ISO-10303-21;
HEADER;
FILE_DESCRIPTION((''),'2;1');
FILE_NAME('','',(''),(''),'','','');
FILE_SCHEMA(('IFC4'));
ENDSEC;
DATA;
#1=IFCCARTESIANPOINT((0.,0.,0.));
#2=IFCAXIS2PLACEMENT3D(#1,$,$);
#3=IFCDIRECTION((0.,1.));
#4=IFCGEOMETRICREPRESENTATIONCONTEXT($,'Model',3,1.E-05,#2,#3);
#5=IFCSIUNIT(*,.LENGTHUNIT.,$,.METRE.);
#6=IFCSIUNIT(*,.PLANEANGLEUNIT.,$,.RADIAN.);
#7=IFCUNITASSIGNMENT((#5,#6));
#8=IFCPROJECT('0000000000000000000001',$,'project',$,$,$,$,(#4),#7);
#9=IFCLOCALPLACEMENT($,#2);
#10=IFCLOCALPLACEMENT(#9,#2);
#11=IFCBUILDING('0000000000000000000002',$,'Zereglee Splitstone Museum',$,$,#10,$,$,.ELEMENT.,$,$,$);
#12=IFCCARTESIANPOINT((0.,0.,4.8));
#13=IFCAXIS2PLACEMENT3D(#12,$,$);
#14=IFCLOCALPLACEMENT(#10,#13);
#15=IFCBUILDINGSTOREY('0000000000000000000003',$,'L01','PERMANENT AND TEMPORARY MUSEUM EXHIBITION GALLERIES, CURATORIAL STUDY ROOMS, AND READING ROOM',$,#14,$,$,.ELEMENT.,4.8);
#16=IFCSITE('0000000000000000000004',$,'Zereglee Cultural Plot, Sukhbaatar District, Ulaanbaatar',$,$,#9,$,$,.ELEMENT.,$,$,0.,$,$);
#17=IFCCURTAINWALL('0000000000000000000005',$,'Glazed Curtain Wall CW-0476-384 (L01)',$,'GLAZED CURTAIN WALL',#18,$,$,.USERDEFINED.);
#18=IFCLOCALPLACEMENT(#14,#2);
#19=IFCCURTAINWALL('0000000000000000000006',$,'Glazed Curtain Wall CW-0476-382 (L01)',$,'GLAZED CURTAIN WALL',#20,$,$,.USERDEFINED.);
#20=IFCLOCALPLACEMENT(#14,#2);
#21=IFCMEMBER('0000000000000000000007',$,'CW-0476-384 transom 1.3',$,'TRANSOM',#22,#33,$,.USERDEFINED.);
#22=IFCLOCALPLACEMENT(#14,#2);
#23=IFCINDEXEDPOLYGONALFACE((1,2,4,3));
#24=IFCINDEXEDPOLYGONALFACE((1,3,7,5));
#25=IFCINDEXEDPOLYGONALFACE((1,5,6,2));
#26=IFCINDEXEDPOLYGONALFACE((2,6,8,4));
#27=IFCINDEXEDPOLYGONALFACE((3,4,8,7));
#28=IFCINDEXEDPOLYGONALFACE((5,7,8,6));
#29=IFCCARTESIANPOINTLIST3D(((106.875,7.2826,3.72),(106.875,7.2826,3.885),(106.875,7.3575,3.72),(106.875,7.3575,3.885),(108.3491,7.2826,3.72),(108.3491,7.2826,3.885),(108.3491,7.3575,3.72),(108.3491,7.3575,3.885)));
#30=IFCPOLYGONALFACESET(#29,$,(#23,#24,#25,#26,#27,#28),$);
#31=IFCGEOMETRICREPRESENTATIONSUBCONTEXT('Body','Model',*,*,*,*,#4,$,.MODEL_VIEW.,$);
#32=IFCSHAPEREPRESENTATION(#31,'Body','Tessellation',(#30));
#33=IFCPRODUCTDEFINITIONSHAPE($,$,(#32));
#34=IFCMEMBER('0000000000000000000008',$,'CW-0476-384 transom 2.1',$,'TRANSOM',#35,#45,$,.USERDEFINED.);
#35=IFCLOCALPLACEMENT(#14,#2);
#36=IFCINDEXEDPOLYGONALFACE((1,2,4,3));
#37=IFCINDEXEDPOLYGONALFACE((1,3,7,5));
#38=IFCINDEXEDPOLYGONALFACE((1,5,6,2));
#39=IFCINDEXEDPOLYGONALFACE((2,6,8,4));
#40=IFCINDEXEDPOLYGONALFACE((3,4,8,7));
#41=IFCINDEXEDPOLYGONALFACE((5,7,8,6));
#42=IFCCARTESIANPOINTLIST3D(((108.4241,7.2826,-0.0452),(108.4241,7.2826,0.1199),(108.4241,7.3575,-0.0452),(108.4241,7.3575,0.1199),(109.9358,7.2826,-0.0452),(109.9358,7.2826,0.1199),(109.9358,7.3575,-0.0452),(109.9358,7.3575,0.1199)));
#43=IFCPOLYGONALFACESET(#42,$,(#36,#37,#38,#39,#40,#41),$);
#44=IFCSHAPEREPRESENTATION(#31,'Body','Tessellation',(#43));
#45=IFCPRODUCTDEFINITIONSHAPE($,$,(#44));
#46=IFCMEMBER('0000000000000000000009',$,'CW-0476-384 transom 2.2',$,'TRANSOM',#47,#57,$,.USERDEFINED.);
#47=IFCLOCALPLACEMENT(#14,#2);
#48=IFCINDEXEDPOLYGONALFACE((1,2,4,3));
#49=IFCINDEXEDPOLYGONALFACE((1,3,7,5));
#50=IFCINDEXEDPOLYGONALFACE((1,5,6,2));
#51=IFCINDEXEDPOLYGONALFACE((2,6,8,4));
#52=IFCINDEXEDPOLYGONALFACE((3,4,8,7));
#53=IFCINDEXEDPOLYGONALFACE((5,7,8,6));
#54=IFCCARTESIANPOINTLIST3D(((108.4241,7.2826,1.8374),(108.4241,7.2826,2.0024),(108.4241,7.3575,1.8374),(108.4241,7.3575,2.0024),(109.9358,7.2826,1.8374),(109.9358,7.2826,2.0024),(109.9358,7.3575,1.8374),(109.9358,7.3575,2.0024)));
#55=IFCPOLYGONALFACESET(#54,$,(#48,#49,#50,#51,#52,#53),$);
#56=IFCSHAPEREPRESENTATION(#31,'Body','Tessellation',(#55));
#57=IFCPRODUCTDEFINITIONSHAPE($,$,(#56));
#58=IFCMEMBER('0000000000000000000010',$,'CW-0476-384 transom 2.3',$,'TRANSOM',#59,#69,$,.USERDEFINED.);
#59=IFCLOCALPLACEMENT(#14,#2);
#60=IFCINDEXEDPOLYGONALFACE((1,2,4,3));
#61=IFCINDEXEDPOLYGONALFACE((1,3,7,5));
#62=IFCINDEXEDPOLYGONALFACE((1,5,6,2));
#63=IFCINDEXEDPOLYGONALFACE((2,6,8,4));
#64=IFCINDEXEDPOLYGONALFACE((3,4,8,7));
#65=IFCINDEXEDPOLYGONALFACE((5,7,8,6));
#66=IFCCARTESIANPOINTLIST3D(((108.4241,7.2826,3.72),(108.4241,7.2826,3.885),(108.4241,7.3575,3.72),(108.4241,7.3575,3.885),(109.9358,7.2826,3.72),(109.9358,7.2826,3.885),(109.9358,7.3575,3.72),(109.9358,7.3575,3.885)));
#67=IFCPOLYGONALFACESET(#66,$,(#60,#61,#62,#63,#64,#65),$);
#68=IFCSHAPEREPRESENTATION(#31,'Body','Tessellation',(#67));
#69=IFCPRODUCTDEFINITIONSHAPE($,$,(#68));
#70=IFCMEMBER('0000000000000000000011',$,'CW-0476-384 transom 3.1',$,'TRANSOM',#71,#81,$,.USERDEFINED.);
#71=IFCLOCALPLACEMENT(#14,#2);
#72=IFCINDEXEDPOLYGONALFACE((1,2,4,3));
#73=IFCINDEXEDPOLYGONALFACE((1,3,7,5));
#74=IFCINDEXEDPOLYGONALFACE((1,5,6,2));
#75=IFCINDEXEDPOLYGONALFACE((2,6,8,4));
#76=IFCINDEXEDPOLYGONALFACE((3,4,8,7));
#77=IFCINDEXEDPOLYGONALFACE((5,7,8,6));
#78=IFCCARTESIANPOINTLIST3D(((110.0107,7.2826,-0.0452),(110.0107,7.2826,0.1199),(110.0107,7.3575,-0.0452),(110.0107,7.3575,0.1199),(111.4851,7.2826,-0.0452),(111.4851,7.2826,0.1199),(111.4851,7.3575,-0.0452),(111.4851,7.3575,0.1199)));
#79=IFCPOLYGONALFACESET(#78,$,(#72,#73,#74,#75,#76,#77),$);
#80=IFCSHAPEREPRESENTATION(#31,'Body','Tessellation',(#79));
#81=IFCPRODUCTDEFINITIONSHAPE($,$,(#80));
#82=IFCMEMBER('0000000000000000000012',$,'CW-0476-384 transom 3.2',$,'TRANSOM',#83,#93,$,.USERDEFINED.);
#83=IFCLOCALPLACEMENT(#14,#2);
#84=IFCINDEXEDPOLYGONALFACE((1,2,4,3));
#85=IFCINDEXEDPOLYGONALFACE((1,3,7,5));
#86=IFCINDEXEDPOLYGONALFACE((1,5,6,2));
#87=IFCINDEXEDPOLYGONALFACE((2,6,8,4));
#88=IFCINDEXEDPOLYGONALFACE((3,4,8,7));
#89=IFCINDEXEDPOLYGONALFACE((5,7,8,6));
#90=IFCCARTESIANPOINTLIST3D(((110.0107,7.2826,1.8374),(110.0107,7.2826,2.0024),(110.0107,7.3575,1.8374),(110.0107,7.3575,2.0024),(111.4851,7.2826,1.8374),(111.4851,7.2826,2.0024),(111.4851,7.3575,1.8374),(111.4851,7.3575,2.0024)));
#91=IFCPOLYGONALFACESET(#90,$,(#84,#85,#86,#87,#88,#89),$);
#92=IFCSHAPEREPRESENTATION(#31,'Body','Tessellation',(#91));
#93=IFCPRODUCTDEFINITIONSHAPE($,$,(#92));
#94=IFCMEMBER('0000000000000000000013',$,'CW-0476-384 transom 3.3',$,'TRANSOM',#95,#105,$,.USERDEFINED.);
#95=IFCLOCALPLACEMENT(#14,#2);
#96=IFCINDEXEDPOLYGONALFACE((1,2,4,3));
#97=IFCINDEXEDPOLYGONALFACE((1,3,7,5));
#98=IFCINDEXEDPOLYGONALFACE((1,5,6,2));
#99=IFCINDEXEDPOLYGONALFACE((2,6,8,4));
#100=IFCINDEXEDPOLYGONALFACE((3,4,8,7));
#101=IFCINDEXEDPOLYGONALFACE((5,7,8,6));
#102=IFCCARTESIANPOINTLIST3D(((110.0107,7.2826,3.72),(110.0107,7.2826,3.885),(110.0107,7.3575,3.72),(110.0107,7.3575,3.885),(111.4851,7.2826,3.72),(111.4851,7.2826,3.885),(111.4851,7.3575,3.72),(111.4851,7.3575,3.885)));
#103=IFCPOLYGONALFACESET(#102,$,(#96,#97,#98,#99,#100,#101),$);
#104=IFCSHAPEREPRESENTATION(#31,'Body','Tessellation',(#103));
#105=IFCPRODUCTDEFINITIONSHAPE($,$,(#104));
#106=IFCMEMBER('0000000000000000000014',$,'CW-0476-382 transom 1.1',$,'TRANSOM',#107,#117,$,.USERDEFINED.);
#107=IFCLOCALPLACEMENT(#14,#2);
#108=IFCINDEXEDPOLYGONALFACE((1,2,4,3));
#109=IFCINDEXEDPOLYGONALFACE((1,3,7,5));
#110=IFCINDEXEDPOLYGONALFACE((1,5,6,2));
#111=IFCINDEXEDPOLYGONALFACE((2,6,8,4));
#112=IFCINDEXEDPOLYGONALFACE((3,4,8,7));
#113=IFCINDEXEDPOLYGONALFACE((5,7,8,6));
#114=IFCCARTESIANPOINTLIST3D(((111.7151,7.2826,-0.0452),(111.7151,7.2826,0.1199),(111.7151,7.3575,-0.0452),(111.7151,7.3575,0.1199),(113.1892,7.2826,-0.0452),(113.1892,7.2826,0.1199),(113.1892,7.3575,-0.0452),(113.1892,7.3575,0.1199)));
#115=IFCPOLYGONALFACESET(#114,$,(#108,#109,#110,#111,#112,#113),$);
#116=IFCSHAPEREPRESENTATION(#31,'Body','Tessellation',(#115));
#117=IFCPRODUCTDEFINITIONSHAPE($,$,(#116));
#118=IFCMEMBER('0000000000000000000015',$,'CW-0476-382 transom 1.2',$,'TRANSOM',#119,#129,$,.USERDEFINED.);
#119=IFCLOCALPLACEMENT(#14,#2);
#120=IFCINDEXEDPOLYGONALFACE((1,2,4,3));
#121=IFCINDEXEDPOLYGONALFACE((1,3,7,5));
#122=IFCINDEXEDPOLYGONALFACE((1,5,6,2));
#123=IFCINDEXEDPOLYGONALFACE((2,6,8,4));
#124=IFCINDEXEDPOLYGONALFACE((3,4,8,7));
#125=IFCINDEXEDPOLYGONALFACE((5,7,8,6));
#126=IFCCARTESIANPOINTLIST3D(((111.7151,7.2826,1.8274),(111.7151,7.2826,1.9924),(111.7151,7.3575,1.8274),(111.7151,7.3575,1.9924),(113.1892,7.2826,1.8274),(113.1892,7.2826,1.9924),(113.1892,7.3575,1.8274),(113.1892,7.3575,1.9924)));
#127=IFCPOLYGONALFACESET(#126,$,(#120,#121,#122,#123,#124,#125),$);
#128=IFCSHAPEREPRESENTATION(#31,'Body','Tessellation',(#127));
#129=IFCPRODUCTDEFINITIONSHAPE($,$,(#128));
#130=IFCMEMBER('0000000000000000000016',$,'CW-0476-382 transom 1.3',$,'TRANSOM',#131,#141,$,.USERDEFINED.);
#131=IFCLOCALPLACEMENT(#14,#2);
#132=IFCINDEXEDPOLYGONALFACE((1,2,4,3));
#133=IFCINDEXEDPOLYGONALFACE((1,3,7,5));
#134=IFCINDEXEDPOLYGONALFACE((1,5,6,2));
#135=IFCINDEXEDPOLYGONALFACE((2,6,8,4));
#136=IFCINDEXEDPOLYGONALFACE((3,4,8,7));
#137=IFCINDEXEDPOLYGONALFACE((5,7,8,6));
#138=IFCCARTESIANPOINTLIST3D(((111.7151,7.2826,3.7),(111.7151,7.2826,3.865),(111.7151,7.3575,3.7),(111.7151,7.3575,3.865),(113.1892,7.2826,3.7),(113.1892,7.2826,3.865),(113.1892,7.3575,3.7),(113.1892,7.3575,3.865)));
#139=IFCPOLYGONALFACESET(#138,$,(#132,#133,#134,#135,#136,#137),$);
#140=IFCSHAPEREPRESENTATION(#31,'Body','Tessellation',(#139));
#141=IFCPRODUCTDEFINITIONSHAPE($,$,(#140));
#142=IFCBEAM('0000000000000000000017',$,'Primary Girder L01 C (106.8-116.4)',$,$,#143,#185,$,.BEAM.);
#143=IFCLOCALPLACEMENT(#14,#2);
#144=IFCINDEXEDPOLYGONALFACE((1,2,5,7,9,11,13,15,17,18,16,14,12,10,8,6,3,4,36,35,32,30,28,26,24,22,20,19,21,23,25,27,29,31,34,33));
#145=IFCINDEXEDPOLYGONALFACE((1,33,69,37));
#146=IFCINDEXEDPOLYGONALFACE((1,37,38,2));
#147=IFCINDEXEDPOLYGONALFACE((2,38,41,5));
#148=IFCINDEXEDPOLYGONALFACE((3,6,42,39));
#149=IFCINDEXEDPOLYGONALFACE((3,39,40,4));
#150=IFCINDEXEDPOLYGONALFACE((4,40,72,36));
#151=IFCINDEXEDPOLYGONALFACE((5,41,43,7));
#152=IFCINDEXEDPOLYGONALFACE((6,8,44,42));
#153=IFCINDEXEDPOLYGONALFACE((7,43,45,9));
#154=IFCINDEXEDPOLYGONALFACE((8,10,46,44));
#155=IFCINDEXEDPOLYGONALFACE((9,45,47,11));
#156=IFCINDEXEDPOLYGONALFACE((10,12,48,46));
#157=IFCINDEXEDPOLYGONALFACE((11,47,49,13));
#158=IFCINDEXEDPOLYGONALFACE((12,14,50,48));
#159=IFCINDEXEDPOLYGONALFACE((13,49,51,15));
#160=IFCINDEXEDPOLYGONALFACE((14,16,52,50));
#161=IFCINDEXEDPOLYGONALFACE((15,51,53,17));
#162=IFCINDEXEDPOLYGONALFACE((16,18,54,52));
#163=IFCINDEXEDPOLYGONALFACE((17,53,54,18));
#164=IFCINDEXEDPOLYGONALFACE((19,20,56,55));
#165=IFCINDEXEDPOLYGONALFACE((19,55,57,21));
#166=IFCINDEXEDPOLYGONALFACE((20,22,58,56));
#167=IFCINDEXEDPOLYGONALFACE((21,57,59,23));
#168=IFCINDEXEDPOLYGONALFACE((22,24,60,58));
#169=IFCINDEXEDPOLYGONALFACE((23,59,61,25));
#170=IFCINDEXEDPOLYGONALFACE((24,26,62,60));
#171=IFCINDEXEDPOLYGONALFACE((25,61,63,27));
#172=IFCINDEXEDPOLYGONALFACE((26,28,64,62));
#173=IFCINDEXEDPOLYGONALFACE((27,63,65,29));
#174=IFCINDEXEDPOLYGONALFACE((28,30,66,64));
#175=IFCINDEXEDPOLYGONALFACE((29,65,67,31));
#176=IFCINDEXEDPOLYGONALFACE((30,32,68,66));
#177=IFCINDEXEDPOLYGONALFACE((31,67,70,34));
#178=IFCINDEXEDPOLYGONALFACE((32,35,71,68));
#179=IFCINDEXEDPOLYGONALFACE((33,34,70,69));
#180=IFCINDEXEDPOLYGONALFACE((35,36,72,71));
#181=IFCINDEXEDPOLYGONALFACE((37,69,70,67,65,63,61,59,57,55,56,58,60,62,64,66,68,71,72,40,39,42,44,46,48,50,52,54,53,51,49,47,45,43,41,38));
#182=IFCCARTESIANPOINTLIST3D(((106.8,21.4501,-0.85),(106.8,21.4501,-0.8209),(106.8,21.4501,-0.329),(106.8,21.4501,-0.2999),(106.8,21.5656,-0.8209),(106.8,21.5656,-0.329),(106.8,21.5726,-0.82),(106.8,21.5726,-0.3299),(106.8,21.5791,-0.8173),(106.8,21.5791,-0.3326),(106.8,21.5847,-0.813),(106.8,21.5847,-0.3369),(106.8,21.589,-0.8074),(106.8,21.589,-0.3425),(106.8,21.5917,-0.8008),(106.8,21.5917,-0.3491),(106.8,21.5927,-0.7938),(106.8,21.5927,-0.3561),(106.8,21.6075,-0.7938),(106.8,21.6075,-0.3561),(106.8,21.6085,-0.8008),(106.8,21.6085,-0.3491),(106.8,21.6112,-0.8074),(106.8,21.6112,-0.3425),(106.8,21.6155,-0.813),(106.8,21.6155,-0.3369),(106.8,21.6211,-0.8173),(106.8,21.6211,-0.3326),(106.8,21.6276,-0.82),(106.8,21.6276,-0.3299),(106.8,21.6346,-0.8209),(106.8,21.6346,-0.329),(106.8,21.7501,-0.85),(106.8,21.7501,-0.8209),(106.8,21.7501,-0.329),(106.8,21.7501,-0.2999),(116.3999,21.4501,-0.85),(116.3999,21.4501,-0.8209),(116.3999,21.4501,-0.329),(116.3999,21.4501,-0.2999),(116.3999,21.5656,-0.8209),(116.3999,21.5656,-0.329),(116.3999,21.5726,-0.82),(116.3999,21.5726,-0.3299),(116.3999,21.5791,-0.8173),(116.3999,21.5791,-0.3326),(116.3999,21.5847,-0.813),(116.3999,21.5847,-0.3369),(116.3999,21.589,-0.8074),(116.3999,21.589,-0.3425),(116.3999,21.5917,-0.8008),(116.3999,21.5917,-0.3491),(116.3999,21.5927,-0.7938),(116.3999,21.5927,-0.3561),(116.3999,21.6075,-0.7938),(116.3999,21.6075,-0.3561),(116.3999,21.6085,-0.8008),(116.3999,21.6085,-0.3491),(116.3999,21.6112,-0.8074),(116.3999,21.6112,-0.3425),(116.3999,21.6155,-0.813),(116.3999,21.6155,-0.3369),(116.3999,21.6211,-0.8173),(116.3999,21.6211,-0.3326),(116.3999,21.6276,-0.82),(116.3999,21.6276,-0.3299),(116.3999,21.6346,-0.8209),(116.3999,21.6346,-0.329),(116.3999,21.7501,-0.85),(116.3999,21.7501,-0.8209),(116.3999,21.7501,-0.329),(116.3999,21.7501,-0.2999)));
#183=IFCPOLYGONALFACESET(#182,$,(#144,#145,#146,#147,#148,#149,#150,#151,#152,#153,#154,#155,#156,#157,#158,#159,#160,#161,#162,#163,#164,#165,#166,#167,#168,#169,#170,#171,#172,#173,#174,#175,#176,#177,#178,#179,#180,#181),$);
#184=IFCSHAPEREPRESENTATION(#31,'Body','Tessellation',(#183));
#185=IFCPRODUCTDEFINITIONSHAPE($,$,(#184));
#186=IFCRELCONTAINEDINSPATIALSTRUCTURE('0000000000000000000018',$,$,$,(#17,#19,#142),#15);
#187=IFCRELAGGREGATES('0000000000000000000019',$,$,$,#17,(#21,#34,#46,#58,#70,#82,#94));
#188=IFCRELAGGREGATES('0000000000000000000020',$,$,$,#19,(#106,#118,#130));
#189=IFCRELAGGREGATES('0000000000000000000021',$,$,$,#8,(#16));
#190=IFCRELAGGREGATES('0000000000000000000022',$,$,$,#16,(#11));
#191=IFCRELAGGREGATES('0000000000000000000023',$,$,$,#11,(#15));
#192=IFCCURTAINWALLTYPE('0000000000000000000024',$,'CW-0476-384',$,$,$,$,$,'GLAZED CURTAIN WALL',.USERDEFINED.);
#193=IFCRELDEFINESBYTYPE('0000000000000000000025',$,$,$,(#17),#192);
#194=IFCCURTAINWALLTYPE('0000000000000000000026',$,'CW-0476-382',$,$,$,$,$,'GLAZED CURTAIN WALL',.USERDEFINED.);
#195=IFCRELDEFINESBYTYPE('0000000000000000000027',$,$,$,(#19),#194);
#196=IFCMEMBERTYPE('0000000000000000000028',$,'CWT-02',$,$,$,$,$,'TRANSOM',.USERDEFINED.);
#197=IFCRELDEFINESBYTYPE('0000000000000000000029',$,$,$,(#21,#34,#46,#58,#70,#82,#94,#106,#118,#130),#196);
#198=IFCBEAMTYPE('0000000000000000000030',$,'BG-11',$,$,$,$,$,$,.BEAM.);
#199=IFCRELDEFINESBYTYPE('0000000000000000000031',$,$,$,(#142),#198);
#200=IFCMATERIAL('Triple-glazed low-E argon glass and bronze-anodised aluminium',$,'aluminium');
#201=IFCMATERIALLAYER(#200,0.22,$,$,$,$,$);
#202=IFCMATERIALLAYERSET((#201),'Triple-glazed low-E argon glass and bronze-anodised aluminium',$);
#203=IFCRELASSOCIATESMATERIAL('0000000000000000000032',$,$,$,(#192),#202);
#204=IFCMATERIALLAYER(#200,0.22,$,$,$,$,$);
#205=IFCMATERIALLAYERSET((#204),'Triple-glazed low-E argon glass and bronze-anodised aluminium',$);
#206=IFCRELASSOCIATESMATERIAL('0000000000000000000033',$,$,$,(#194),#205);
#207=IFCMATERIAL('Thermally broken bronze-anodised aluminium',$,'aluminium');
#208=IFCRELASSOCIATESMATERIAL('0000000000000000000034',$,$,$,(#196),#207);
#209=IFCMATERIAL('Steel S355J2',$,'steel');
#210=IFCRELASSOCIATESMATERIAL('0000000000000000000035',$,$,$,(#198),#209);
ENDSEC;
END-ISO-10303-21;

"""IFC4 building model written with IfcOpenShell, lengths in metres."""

from ifc_helpers import new_model, si_unit, direction, frame, origin, origin_2d, place, context, subcontext, project, spatial, rectangle, i_section, extrude, material, layer, layer_set, material_profile, profile_set, type_object, element, aggregate, save


model = new_model("IFC4")

# Units and contexts
model_context = context("Model", 3, precision=1e-05, world=origin(), true_north=direction((0.0, 1.0)))
body_context = subcontext(model_context, "Body", "Model", "MODEL_VIEW")
ifc_project = project(units=[si_unit("LENGTHUNIT", "METRE"), si_unit("PLANEANGLEUNIT", "RADIAN")], contexts=[model_context])

# Site, building, storey
site_placement = place(None, origin())
site = spatial("IfcSite", under=ifc_project, at=site_placement, Name="Zereglee Cultural Plot, Sukhbaatar District, Ulaanbaatar", CompositionType="ELEMENT", RefElevation=0.0)
building_placement = place(site_placement, origin())
building = spatial("IfcBuilding", under=site, at=building_placement, Name="Zereglee Splitstone Museum", CompositionType="ELEMENT")
storey_placement = place(building_placement, frame((0.0, 0.0, 4.8)))
storey = spatial("IfcBuildingStorey", under=building, at=storey_placement, Name="L01", Description="PERMANENT AND TEMPORARY MUSEUM EXHIBITION GALLERIES, CURATORIAL STUDY ROOMS, AND READING ROOM", CompositionType="ELEMENT", Elevation=4.8)

# Shared definitions
ifc_material_1 = material(Name="Steel S355J2", Category="steel")

# Curtain wall
ifc_material_2 = material(Name="Triple-glazed low-E argon glass and bronze-anodised aluminium", Category="aluminium")
ifc_layer_1 = layer(ifc_material_2, 0.22)
ifc_layer_set_1 = layer_set([ifc_layer_1], Name="Triple-glazed low-E argon glass and bronze-anodised aluminium")
curtain_wall_type_1 = type_object("IfcCurtainWallType", Name="CW-0476-384", ElementType="GLAZED CURTAIN WALL", PredefinedType="USERDEFINED", material=ifc_layer_set_1)
curtain_wall_1_placement = place(storey_placement, origin())
curtain_wall_1 = element("IfcCurtainWall", 1, at=curtain_wall_1_placement, inside=storey, type_object=curtain_wall_type_1, Name="Glazed Curtain Wall CW-0476-384 (L01)", ObjectType="GLAZED CURTAIN WALL", PredefinedType="USERDEFINED")
ifc_material_3 = material(Name="Thermally broken bronze-anodised aluminium", Category="aluminium")

# Curtain wall
ifc_layer_2 = layer(ifc_material_2, 0.22)
ifc_layer_set_2 = layer_set([ifc_layer_2], Name="Triple-glazed low-E argon glass and bronze-anodised aluminium")
curtain_wall_type_2 = type_object("IfcCurtainWallType", Name="CW-0476-382", ElementType="GLAZED CURTAIN WALL", PredefinedType="USERDEFINED", material=ifc_layer_set_2)
curtain_wall_2_placement = place(storey_placement, origin())
curtain_wall_2 = element("IfcCurtainWall", 2, at=curtain_wall_2_placement, inside=storey, type_object=curtain_wall_type_2, Name="Glazed Curtain Wall CW-0476-382 (L01)", ObjectType="GLAZED CURTAIN WALL", PredefinedType="USERDEFINED")

# Members
ifc_material_profile_1 = material_profile(ifc_material_3, rectangle(XDim=0.075, YDim=0.165, at=origin_2d()), Name="CW TRAN 75x165")
ifc_profile_set_1 = profile_set([ifc_material_profile_1], Name="Thermally broken bronze-anodised aluminium")
member_type_1 = type_object("IfcMemberType", Name="CWT-02", ElementType="TRANSOM", PredefinedType="USERDEFINED", material=ifc_profile_set_1)
member_1_placement = place(storey_placement, frame((106.875, 7.3201, 3.8025), z_axis=(1.0, 0.0, 0.0), x_axis=(0.0, 1.0, 0.0)))
member_1 = element("IfcMember", 3, at=member_1_placement, type_object=member_type_1, Name="CW-0476-384 transom 1.3", ObjectType="TRANSOM", PredefinedType="USERDEFINED", context=body_context, shape_type="SweptSolid", body=[
    extrude(rectangle(XDim=0.075, YDim=0.165, at=origin_2d()), origin(), (0.0, 0.0, 1.0), 1.4741),
])
member_2_placement = place(storey_placement, frame((108.4241, 7.3201, 0.0374), z_axis=(1.0, 0.0, 0.0), x_axis=(0.0, 1.0, 0.0)))
member_2 = element("IfcMember", 4, at=member_2_placement, type_object=member_type_1, Name="CW-0476-384 transom 2.1", ObjectType="TRANSOM", PredefinedType="USERDEFINED", context=body_context, shape_type="SweptSolid", body=[
    extrude(rectangle(XDim=0.075, YDim=0.165, at=origin_2d()), origin(), (0.0, 0.0, 1.0), 1.5117),
])
member_3_placement = place(storey_placement, frame((108.4241, 7.3201, 1.9199), z_axis=(1.0, 0.0, 0.0), x_axis=(0.0, 1.0, 0.0)))
member_3 = element("IfcMember", 5, at=member_3_placement, type_object=member_type_1, Name="CW-0476-384 transom 2.2", ObjectType="TRANSOM", PredefinedType="USERDEFINED", context=body_context, shape_type="SweptSolid", body=[
    extrude(rectangle(XDim=0.075, YDim=0.165, at=origin_2d()), origin(), (0.0, 0.0, 1.0), 1.5117),
])
member_4_placement = place(storey_placement, frame((108.4241, 7.3201, 3.8025), z_axis=(1.0, 0.0, 0.0), x_axis=(0.0, 1.0, 0.0)))
member_4 = element("IfcMember", 6, at=member_4_placement, type_object=member_type_1, Name="CW-0476-384 transom 2.3", ObjectType="TRANSOM", PredefinedType="USERDEFINED", context=body_context, shape_type="SweptSolid", body=[
    extrude(rectangle(XDim=0.075, YDim=0.165, at=origin_2d()), origin(), (0.0, 0.0, 1.0), 1.5117),
])
member_5_placement = place(storey_placement, frame((110.0107, 7.3201, 0.0374), z_axis=(1.0, 0.0, 0.0), x_axis=(0.0, 1.0, 0.0)))
member_5 = element("IfcMember", 7, at=member_5_placement, type_object=member_type_1, Name="CW-0476-384 transom 3.1", ObjectType="TRANSOM", PredefinedType="USERDEFINED", context=body_context, shape_type="SweptSolid", body=[
    extrude(rectangle(XDim=0.075, YDim=0.165, at=origin_2d()), origin(), (0.0, 0.0, 1.0), 1.4744),
])
member_6_placement = place(storey_placement, frame((110.0107, 7.3201, 1.9199), z_axis=(1.0, 0.0, 0.0), x_axis=(0.0, 1.0, 0.0)))
member_6 = element("IfcMember", 8, at=member_6_placement, type_object=member_type_1, Name="CW-0476-384 transom 3.2", ObjectType="TRANSOM", PredefinedType="USERDEFINED", context=body_context, shape_type="SweptSolid", body=[
    extrude(rectangle(XDim=0.075, YDim=0.165, at=origin_2d()), origin(), (0.0, 0.0, 1.0), 1.4744),
])
member_7_placement = place(storey_placement, frame((110.0107, 7.3201, 3.8025), z_axis=(1.0, 0.0, 0.0), x_axis=(0.0, 1.0, 0.0)))
member_7 = element("IfcMember", 9, at=member_7_placement, type_object=member_type_1, Name="CW-0476-384 transom 3.3", ObjectType="TRANSOM", PredefinedType="USERDEFINED", context=body_context, shape_type="SweptSolid", body=[
    extrude(rectangle(XDim=0.075, YDim=0.165, at=origin_2d()), origin(), (0.0, 0.0, 1.0), 1.4744),
])
member_8_placement = place(storey_placement, frame((111.7151, 7.3201, 0.0374), z_axis=(1.0, 0.0, 0.0), x_axis=(0.0, 1.0, 0.0)))
member_8 = element("IfcMember", 10, at=member_8_placement, type_object=member_type_1, Name="CW-0476-382 transom 1.1", ObjectType="TRANSOM", PredefinedType="USERDEFINED", context=body_context, shape_type="SweptSolid", body=[
    extrude(rectangle(XDim=0.075, YDim=0.165, at=origin_2d()), origin(), (0.0, 0.0, 1.0), 1.4741),
])
member_9_placement = place(storey_placement, frame((111.7151, 7.3201, 1.9099), z_axis=(1.0, 0.0, 0.0), x_axis=(0.0, 1.0, 0.0)))
member_9 = element("IfcMember", 11, at=member_9_placement, type_object=member_type_1, Name="CW-0476-382 transom 1.2", ObjectType="TRANSOM", PredefinedType="USERDEFINED", context=body_context, shape_type="SweptSolid", body=[
    extrude(rectangle(XDim=0.075, YDim=0.165, at=origin_2d()), origin(), (0.0, 0.0, 1.0), 1.4741),
])
member_10_placement = place(storey_placement, frame((111.7151, 7.3201, 3.7825), z_axis=(1.0, 0.0, 0.0), x_axis=(0.0, 1.0, 0.0)))
member_10 = element("IfcMember", 12, at=member_10_placement, type_object=member_type_1, Name="CW-0476-382 transom 1.3", ObjectType="TRANSOM", PredefinedType="USERDEFINED", context=body_context, shape_type="SweptSolid", body=[
    extrude(rectangle(XDim=0.075, YDim=0.165, at=origin_2d()), origin(), (0.0, 0.0, 1.0), 1.4741),
])

# Beam
ifc_material_profile_2 = material_profile(ifc_material_1, i_section(OverallWidth=0.3, OverallDepth=0.55, WebThickness=0.0149, FlangeThickness=0.0291, FilletRadius=0.0271, at=origin_2d()), Name="HE 550 B")
ifc_profile_set_2 = profile_set([ifc_material_profile_2], Name="Steel S355J2")
beam_type_1 = type_object("IfcBeamType", Name="BG-11", PredefinedType="BEAM", material=ifc_profile_set_2)
beam_1_placement = place(storey_placement, frame((106.8, 21.6001, -0.575), z_axis=(1.0, 0.0, 0.0), x_axis=(0.0, 1.0, 0.0)))
element("IfcBeam", 13, at=beam_1_placement, inside=storey, type_object=beam_type_1, Name="Primary Girder L01 C (106.8-116.4)", PredefinedType="BEAM", context=body_context, shape_type="SweptSolid", body=[
    extrude(i_section(OverallWidth=0.3, OverallDepth=0.55, WebThickness=0.0149, FlangeThickness=0.0291, FilletRadius=0.0271, at=origin_2d()), origin(), (0.0, 0.0, 1.0), 9.5999),
])

aggregate(curtain_wall_1, [member_1, member_2, member_3, member_4, member_5, member_6, member_7])
aggregate(curtain_wall_2, [member_8, member_9, member_10])

save(model, "model.ifc")
